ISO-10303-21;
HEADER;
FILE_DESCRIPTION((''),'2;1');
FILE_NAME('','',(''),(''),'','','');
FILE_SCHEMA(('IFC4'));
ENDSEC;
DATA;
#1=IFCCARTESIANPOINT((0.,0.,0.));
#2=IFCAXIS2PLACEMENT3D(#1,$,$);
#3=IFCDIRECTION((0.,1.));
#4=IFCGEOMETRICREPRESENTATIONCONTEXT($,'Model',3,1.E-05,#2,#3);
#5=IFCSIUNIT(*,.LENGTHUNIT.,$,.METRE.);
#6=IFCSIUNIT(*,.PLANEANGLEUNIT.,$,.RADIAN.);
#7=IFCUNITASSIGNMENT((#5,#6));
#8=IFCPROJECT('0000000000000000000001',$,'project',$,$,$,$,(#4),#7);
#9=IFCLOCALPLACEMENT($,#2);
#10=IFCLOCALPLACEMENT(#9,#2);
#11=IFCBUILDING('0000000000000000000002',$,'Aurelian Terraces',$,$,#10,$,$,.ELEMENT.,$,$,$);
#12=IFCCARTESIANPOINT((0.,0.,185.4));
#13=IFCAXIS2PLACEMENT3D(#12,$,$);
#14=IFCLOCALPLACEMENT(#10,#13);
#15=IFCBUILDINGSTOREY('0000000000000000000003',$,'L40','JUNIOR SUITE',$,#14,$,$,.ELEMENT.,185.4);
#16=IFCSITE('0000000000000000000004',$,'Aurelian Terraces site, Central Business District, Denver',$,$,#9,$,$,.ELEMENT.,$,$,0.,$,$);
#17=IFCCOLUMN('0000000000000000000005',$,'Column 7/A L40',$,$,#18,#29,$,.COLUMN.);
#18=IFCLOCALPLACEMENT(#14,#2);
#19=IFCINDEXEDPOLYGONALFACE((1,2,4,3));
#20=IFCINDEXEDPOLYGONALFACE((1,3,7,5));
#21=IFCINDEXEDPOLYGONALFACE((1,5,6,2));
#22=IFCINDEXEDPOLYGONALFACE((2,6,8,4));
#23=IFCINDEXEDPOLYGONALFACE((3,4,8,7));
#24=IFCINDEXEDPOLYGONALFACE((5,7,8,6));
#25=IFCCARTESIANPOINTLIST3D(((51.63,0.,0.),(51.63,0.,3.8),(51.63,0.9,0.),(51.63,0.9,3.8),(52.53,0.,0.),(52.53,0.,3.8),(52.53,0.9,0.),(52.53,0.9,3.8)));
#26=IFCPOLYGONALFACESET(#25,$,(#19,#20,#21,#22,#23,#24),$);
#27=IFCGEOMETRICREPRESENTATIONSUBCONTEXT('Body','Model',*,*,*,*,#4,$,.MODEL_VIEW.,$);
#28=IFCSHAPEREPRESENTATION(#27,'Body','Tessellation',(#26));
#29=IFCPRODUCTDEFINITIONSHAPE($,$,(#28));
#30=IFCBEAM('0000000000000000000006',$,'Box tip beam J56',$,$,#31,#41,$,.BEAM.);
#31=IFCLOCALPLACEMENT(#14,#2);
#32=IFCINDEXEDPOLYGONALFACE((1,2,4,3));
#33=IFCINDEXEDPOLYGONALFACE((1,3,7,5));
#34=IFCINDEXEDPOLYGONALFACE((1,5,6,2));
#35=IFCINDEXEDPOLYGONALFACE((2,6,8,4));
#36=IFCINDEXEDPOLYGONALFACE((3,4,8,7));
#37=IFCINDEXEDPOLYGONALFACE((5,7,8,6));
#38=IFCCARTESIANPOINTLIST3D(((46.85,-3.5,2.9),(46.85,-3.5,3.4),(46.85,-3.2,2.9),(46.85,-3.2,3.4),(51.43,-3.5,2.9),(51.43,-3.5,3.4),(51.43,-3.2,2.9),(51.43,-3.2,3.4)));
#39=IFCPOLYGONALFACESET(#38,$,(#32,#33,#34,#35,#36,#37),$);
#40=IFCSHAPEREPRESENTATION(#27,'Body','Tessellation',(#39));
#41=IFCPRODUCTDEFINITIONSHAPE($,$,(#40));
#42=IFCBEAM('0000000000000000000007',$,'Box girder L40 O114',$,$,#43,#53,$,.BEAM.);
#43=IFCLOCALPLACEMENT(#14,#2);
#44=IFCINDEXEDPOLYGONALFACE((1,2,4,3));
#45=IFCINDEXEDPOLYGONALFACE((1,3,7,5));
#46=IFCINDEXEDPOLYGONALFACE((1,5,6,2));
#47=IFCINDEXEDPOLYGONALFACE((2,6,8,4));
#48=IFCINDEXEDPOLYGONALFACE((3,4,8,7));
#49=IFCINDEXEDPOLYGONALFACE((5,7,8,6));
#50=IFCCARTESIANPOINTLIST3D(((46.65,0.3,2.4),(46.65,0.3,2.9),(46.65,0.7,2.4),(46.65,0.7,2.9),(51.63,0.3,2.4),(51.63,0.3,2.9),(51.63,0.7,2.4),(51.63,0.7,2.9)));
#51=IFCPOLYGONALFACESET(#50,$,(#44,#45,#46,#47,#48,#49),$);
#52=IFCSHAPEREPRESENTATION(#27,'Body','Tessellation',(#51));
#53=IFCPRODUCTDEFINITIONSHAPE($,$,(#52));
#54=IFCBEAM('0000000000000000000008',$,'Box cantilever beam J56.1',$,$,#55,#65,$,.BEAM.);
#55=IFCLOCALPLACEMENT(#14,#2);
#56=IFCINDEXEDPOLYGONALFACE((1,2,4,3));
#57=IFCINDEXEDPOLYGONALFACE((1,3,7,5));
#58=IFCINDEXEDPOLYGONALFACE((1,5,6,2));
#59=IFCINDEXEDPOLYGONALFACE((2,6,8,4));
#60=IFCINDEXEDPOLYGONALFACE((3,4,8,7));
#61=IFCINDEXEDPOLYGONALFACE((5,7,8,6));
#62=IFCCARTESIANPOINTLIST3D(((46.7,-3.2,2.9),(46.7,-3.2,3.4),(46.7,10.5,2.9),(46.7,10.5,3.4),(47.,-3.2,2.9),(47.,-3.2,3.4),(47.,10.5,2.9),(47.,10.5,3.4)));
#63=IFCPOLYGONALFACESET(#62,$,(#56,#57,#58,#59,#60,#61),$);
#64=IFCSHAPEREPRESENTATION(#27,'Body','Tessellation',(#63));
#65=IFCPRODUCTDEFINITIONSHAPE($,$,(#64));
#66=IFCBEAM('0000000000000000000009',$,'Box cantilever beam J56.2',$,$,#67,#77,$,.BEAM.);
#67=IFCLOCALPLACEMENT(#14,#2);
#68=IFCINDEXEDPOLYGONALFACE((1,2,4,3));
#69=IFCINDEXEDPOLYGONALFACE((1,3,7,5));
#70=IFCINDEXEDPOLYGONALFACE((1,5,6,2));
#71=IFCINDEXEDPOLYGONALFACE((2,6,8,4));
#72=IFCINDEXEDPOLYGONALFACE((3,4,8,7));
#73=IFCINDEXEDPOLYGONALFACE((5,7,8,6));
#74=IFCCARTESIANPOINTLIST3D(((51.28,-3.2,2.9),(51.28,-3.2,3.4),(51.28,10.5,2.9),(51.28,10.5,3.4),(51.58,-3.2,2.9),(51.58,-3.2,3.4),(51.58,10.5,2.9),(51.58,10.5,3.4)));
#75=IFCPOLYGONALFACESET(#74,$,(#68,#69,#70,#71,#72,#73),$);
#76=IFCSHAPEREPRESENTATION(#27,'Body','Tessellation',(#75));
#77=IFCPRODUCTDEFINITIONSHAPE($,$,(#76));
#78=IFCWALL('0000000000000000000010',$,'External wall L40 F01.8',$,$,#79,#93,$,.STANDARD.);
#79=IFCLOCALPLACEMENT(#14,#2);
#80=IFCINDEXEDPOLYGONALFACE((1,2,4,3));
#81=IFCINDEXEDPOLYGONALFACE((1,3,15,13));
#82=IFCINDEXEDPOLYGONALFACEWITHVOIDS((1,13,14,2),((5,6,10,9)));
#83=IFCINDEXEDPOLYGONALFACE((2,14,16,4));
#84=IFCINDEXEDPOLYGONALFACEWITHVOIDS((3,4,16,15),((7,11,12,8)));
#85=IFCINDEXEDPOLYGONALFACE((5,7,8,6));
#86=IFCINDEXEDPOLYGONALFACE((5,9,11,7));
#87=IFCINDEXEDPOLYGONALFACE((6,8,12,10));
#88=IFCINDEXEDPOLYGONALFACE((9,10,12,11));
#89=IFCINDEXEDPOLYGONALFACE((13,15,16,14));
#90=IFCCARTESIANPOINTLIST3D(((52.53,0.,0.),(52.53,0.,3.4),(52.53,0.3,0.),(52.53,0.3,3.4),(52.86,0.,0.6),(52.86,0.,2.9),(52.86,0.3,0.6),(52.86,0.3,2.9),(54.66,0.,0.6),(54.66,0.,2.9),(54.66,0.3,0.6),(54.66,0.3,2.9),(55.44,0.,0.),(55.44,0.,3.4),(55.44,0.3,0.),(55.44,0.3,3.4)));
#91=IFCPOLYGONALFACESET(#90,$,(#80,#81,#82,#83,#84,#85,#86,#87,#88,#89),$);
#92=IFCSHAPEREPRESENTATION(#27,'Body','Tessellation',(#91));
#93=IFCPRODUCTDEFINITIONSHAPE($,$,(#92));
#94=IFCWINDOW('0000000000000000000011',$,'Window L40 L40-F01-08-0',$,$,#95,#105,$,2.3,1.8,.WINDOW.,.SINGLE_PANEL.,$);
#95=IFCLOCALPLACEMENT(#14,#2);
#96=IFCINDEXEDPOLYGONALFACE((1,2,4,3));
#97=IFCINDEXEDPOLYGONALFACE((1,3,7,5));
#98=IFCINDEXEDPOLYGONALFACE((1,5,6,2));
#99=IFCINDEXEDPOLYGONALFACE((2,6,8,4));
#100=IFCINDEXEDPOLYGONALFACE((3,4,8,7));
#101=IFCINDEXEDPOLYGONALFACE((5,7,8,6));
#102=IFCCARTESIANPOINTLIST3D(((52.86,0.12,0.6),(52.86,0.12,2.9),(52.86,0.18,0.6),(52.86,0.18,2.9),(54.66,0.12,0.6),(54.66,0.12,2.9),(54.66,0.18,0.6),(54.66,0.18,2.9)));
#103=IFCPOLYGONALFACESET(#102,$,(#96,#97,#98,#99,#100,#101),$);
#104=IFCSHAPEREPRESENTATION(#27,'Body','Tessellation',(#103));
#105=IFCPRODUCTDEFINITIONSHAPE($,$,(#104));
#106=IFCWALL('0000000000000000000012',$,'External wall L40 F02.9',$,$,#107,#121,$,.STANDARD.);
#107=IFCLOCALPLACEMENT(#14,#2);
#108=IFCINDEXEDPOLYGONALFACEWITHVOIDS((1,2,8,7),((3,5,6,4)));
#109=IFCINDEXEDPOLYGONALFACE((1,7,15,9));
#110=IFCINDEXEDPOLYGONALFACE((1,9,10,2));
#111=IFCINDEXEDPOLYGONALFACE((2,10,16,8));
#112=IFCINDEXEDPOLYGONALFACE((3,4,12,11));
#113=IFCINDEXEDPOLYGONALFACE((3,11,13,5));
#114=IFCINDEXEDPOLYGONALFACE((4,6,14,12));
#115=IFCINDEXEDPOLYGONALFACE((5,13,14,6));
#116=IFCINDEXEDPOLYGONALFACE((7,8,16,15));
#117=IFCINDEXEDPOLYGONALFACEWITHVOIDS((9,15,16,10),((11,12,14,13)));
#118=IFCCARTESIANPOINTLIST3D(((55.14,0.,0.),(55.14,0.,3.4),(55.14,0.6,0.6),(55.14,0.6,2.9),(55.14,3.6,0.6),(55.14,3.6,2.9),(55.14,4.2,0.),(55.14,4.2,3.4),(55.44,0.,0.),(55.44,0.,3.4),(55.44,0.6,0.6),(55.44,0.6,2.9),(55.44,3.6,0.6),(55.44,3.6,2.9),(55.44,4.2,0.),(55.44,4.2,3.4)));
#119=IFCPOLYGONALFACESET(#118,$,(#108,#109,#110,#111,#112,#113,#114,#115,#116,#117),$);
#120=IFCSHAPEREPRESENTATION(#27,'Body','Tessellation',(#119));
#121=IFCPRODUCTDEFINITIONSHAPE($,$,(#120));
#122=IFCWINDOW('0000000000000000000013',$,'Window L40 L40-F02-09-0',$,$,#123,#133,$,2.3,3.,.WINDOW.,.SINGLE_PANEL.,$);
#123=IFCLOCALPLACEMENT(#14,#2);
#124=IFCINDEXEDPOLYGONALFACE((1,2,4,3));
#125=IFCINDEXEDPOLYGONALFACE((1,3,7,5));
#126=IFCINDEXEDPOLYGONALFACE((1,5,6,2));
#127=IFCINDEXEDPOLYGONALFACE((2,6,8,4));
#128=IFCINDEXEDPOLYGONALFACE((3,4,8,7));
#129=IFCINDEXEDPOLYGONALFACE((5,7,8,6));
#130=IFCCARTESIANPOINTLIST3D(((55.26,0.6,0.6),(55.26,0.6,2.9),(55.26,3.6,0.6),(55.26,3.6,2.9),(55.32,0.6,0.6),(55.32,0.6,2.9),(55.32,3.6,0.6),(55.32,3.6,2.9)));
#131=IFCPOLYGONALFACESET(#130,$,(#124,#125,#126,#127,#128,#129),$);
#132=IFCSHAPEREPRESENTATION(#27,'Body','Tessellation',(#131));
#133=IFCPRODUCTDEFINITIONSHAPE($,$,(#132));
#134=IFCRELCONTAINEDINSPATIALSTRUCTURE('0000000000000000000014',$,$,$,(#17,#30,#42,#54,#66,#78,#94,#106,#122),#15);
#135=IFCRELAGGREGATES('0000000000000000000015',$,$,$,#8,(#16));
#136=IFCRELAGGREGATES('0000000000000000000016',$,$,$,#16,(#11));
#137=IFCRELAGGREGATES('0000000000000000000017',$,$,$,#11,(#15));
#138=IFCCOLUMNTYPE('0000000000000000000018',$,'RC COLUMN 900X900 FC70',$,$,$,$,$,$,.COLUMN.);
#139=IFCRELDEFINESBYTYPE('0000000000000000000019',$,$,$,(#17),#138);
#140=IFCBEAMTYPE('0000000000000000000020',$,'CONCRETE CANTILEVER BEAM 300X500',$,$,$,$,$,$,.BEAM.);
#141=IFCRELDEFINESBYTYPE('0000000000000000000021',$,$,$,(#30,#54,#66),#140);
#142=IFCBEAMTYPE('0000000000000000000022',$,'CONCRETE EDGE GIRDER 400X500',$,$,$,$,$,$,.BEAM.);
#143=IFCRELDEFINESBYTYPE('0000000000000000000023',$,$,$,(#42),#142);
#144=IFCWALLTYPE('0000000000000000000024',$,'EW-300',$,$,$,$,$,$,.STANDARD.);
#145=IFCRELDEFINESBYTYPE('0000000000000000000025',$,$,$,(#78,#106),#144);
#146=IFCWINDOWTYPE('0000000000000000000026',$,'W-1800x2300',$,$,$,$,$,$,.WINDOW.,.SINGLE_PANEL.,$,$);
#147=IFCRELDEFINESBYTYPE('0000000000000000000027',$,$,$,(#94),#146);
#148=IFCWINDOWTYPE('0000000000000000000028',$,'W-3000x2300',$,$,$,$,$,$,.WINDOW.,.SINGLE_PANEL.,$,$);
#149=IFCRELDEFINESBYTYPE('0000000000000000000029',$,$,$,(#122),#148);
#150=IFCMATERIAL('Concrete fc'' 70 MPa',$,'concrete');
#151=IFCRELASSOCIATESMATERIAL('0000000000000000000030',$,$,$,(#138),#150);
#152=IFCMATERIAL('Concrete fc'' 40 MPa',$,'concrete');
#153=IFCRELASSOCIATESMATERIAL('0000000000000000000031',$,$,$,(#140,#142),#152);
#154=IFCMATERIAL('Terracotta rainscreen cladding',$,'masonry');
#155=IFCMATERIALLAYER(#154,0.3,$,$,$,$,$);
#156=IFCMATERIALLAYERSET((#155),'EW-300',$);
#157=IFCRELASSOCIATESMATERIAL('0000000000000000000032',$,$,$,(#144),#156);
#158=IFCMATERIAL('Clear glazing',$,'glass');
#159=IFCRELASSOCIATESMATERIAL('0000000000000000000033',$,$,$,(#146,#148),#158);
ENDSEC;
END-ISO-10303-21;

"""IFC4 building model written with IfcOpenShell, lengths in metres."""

from ifc_helpers import new_model, si_unit, direction, frame, frame_2d, origin, origin_2d, place, context, subcontext, project, spatial, rectangle, extrude, source, transform, mapped, material, layer, layer_set, material_profile, profile_set, type_object, element, fill, save


model = new_model("IFC4")

# Units and contexts
model_context = context("Model", 3, precision=1e-05, world=origin(), true_north=direction((0.0, 1.0)))
body_context = subcontext(model_context, "Body", "Model", "MODEL_VIEW")
ifc_project = project(units=[si_unit("LENGTHUNIT", "METRE"), si_unit("PLANEANGLEUNIT", "RADIAN")], contexts=[model_context])

# Site, building, storey
site_placement = place(None, origin())
site = spatial("IfcSite", under=ifc_project, at=site_placement, Name="Aurelian Terraces site, Central Business District, Denver", CompositionType="ELEMENT", RefElevation=0.0)
building_placement = place(site_placement, origin())
building = spatial("IfcBuilding", under=site, at=building_placement, Name="Aurelian Terraces", CompositionType="ELEMENT")
storey_placement = place(building_placement, frame((0.0, 0.0, 185.4)))
storey = spatial("IfcBuildingStorey", under=building, at=storey_placement, Name="L40", Description="JUNIOR SUITE", CompositionType="ELEMENT", Elevation=185.4)

# Column
ifc_material_1 = material(Name="Concrete fc' 70 MPa", Category="concrete")
ifc_material_profile_1 = material_profile(ifc_material_1, rectangle(XDim=0.9, YDim=0.9, at=origin_2d()))
ifc_profile_set_1 = profile_set([ifc_material_profile_1], Name="Concrete fc' 70 MPa")
column_type = type_object("IfcColumnType", Name="RC COLUMN 900X900 FC70", PredefinedType="COLUMN", material=ifc_profile_set_1)
shared_shape_1 = source(origin(), body_context, "Body", "SweptSolid", [
    extrude(rectangle(XDim=0.9, YDim=0.9, at=origin_2d()), origin(), (0.0, 0.0, 1.0), 3.8),
])
column_placement = place(storey_placement, frame((52.08, 0.45, 0.0), z_axis=(0.0, 0.0, 1.0), x_axis=(1.0, 0.0, 0.0)))
element("IfcColumn", 1, at=column_placement, inside=storey, type_object=column_type, Name="Column 7/A L40", PredefinedType="COLUMN", context=body_context, shape_type="MappedRepresentation", body=[
    mapped(shared_shape_1, transform((0.0, 0.0, 0.0), scale=1.0)),
])

# Beams
ifc_material_2 = material(Name="Concrete fc' 40 MPa", Category="concrete")
ifc_material_profile_2 = material_profile(ifc_material_2, rectangle(XDim=0.3, YDim=0.5, at=origin_2d()))
ifc_profile_set_2 = profile_set([ifc_material_profile_2], Name="Concrete fc' 40 MPa")
beam_type_1 = type_object("IfcBeamType", Name="CONCRETE CANTILEVER BEAM 300X500", PredefinedType="BEAM", material=ifc_profile_set_2)
beam_1_placement = place(storey_placement, frame((46.85, -3.35, 3.15), z_axis=(1.0, 0.0, 0.0), x_axis=(0.0, 1.0, 0.0)))
element("IfcBeam", 2, at=beam_1_placement, inside=storey, type_object=beam_type_1, Name="Box tip beam J56", PredefinedType="BEAM", context=body_context, shape_type="SweptSolid", body=[
    extrude(rectangle(XDim=0.3, YDim=0.5, at=origin_2d()), origin(), (0.0, 0.0, 1.0), 4.58),
])
ifc_material_profile_3 = material_profile(ifc_material_2, rectangle(XDim=0.4, YDim=0.5, at=origin_2d()))
ifc_profile_set_3 = profile_set([ifc_material_profile_3], Name="Concrete fc' 40 MPa")
beam_type_2 = type_object("IfcBeamType", Name="CONCRETE EDGE GIRDER 400X500", PredefinedType="BEAM", material=ifc_profile_set_3)
beam_2_placement = place(storey_placement, frame((46.65, 0.5, 2.65), z_axis=(1.0, 0.0, 0.0), x_axis=(0.0, 1.0, 0.0)))
element("IfcBeam", 3, at=beam_2_placement, inside=storey, type_object=beam_type_2, Name="Box girder L40 O114", PredefinedType="BEAM", context=body_context, shape_type="SweptSolid", body=[
    extrude(rectangle(XDim=0.4, YDim=0.5, at=origin_2d()), origin(), (0.0, 0.0, 1.0), 4.98),
])
shared_shape_2 = source(origin(), body_context, "Body", "SweptSolid", [
    extrude(rectangle(XDim=0.3, YDim=0.5, at=origin_2d()), origin(), (0.0, 0.0, 1.0), 13.7),
])
for number, where, z_axis, x_axis, name in (
    (4, (46.85, -3.2, 3.15), (0.0, 1.0, 0.0), (-1.0, 0.0, 0.0), "Box cantilever beam J56.1"),
    (5, (51.43, -3.2, 3.15), (0.0, 1.0, 0.0), (-1.0, 0.0, 0.0), "Box cantilever beam J56.2"),
):
    element("IfcBeam", number, at=place(storey_placement, frame(where, z_axis=z_axis, x_axis=x_axis)), inside=storey, type_object=beam_type_1, Name=name, PredefinedType="BEAM", context=body_context, shape_type="MappedRepresentation", body=[
        mapped(shared_shape_2, transform((0.0, 0.0, 0.0), scale=1.0)),
    ])

# Walls, openings, windows
ifc_material_3 = material(Name="Terracotta rainscreen cladding", Category="masonry")
ifc_layer_1 = layer(ifc_material_3, 0.3)
ifc_layer_set_1 = layer_set([ifc_layer_1], Name="EW-300")
wall_type_1 = type_object("IfcWallType", Name="EW-300", PredefinedType="STANDARD", material=ifc_layer_set_1)
shared_shape_3 = source(origin(), body_context, "Body", "SweptSolid", [
    extrude(rectangle(XDim=2.91, YDim=0.3, at=frame_2d((1.455, 0.0))), origin(), (0.0, 0.0, 1.0), 3.4),
])
wall_1_placement = place(storey_placement, frame((52.53, 0.15, 0.0), z_axis=(0.0, 0.0, 1.0), x_axis=(1.0, 0.0, 0.0)))
wall_1 = element("IfcWall", 6, at=wall_1_placement, inside=storey, type_object=wall_type_1, Name="External wall L40 F01.8", PredefinedType="STANDARD", context=body_context, shape_type="MappedRepresentation", body=[
    mapped(shared_shape_3, transform((0.0, 0.0, 0.0), scale=1.0)),
])
shared_shape_4 = source(origin(), body_context, "Body", "SweptSolid", [
    extrude(rectangle(XDim=1.8, YDim=2.3, at=frame_2d((0.9, 1.15))), frame((0.0, 0.16, 0.0), z_axis=(0.0, -1.0, 0.0), x_axis=(1.0, 0.0, 0.0)), (0.0, 0.0, 1.0), 0.32),
])
opening_1_placement = place(wall_1_placement, frame((0.33, 0.0, 0.6)))
opening_1 = element("IfcOpeningElement", 7, at=opening_1_placement, cuts=wall_1, PredefinedType="OPENING", context=body_context, shape_type="MappedRepresentation", body=[
    mapped(shared_shape_4, transform((0.0, 0.0, 0.0), scale=1.0)),
])
ifc_material_4 = material(Name="Clear glazing", Category="glass")
window_type_1 = type_object("IfcWindowType", Name="W-1800x2300", PartitioningType="SINGLE_PANEL", PredefinedType="WINDOW", material=ifc_material_4)
shared_shape_5 = source(origin(), body_context, "Body", "SweptSolid", [
    extrude(rectangle(XDim=1.8, YDim=2.3, at=frame_2d((0.9, 1.15))), frame((0.0, 0.03, 0.0), z_axis=(0.0, -1.0, 0.0), x_axis=(1.0, 0.0, 0.0)), (0.0, 0.0, 1.0), 0.06),
])
window_1_placement = place(opening_1_placement, origin())
window_1 = element("IfcWindow", 8, at=window_1_placement, inside=storey, type_object=window_type_1, Name="Window L40 L40-F01-08-0", OverallHeight=2.3, OverallWidth=1.8, PartitioningType="SINGLE_PANEL", PredefinedType="WINDOW", context=body_context, shape_type="MappedRepresentation", body=[
    mapped(shared_shape_5, transform((0.0, 0.0, 0.0), scale=1.0)),
])
fill(opening_1, window_1)
shared_shape_6 = source(origin(), body_context, "Body", "SweptSolid", [
    extrude(rectangle(XDim=4.2, YDim=0.3, at=frame_2d((2.1, 0.0))), origin(), (0.0, 0.0, 1.0), 3.4),
])
wall_2_placement = place(storey_placement, frame((55.29, 0.0, 0.0), z_axis=(0.0, 0.0, 1.0), x_axis=(0.0, 1.0, 0.0)))
wall_2 = element("IfcWall", 9, at=wall_2_placement, inside=storey, type_object=wall_type_1, Name="External wall L40 F02.9", PredefinedType="STANDARD", context=body_context, shape_type="MappedRepresentation", body=[
    mapped(shared_shape_6, transform((0.0, 0.0, 0.0), scale=1.0)),
])
shared_shape_7 = source(origin(), body_context, "Body", "SweptSolid", [
    extrude(rectangle(XDim=3.0, YDim=2.3, at=frame_2d((1.5, 1.15))), frame((0.0, 0.16, 0.0), z_axis=(0.0, -1.0, 0.0), x_axis=(1.0, 0.0, 0.0)), (0.0, 0.0, 1.0), 0.32),
])
opening_2_placement = place(wall_2_placement, frame((0.6, 0.0, 0.6)))
opening_2 = element("IfcOpeningElement", 10, at=opening_2_placement, cuts=wall_2, PredefinedType="OPENING", context=body_context, shape_type="MappedRepresentation", body=[
    mapped(shared_shape_7, transform((0.0, 0.0, 0.0), scale=1.0)),
])
window_type_2 = type_object("IfcWindowType", Name="W-3000x2300", PartitioningType="SINGLE_PANEL", PredefinedType="WINDOW", material=ifc_material_4)
shared_shape_8 = source(origin(), body_context, "Body", "SweptSolid", [
    extrude(rectangle(XDim=3.0, YDim=2.3, at=frame_2d((1.5, 1.15))), frame((0.0, 0.03, 0.0), z_axis=(0.0, -1.0, 0.0), x_axis=(1.0, 0.0, 0.0)), (0.0, 0.0, 1.0), 0.06),
])
window_2_placement = place(opening_2_placement, origin())
window_2 = element("IfcWindow", 11, at=window_2_placement, inside=storey, type_object=window_type_2, Name="Window L40 L40-F02-09-0", OverallHeight=2.3, OverallWidth=3.0, PartitioningType="SINGLE_PANEL", PredefinedType="WINDOW", context=body_context, shape_type="MappedRepresentation", body=[
    mapped(shared_shape_8, transform((0.0, 0.0, 0.0), scale=1.0)),
])
fill(opening_2, window_2)

save(model, "model.ifc")
